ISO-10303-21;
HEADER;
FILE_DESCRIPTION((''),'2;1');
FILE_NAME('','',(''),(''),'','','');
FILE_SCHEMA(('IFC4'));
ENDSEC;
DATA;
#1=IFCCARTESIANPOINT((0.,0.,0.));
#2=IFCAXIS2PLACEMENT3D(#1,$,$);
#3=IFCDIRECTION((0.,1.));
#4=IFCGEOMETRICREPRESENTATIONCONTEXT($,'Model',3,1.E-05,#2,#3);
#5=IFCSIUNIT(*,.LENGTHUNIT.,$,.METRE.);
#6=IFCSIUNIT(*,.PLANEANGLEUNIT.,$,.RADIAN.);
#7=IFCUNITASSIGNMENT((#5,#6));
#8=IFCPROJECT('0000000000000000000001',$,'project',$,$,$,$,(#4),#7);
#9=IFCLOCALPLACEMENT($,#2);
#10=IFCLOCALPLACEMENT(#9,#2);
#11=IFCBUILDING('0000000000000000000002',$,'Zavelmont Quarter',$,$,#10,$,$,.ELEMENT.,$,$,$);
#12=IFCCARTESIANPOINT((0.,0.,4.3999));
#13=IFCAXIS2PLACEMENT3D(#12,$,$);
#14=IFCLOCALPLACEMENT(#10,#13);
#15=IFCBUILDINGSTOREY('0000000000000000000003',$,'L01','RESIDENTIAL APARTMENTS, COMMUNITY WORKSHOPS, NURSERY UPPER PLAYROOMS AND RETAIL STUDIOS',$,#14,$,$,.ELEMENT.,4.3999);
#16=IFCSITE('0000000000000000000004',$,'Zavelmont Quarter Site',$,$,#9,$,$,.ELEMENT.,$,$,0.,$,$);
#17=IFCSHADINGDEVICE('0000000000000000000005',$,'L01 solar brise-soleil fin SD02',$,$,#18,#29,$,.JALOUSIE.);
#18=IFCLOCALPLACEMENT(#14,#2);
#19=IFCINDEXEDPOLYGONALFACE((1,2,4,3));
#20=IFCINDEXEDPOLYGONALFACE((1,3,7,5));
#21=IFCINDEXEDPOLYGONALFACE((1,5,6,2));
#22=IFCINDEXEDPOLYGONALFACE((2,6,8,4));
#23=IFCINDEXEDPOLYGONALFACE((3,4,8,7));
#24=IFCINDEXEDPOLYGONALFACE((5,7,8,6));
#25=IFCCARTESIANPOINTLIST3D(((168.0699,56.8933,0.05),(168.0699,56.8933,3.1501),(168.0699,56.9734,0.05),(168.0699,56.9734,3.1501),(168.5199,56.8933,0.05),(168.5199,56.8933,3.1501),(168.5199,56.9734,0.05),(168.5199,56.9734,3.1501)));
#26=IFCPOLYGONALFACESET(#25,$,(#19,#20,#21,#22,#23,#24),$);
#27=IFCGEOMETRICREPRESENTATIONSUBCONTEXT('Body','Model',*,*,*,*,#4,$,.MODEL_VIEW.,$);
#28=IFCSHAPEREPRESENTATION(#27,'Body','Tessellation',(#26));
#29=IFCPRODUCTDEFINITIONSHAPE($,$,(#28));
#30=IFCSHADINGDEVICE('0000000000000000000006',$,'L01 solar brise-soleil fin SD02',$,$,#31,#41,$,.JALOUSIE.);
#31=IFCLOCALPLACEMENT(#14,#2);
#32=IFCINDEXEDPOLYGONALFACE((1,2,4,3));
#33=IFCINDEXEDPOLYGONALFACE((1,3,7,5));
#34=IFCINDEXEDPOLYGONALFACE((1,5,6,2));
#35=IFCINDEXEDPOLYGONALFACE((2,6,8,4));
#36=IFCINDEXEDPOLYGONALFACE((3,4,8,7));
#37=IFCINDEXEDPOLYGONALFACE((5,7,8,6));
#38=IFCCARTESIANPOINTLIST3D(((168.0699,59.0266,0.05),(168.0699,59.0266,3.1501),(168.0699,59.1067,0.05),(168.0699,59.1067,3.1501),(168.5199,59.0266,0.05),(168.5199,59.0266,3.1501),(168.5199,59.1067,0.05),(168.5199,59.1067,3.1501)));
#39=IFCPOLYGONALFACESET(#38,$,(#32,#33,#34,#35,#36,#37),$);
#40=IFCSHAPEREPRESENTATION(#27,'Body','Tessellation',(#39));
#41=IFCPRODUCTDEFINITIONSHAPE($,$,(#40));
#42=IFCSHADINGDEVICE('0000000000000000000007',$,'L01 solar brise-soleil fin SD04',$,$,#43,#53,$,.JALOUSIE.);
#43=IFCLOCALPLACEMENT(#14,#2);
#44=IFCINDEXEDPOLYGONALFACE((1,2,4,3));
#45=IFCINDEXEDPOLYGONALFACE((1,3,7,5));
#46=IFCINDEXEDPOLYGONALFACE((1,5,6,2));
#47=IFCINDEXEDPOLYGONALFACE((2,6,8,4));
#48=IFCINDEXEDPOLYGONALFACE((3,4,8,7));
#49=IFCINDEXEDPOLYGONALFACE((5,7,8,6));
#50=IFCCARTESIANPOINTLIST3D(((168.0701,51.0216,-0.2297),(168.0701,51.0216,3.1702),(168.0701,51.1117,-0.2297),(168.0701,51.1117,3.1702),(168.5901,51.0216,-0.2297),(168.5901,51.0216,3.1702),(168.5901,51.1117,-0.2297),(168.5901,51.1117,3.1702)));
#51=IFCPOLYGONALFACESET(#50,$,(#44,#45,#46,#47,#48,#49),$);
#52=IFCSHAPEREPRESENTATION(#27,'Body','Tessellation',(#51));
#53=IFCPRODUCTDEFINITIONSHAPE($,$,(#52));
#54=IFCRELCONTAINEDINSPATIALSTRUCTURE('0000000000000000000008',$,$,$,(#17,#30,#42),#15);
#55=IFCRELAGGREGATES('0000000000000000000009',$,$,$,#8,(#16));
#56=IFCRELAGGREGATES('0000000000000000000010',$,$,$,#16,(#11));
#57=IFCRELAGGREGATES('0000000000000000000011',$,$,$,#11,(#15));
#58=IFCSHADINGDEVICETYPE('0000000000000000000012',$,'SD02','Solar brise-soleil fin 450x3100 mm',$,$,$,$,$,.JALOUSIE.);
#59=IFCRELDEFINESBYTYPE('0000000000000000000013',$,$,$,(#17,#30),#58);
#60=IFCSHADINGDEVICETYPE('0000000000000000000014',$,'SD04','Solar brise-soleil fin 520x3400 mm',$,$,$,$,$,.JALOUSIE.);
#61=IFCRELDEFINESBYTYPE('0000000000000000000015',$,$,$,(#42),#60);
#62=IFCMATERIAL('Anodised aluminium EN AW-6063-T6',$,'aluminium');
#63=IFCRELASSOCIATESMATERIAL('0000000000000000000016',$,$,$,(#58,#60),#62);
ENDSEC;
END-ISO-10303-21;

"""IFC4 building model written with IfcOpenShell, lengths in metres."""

from ifc_helpers import new_model, si_unit, direction, frame, origin, origin_2d, place, context, subcontext, project, spatial, rectangle, extrude, material, type_object, element, save


model = new_model("IFC4")

# Units and contexts
model_context = context("Model", 3, precision=1e-05, world=origin(), true_north=direction((0.0, 1.0)))
body_context = subcontext(model_context, "Body", "Model", "MODEL_VIEW")
ifc_project = project(units=[si_unit("LENGTHUNIT", "METRE"), si_unit("PLANEANGLEUNIT", "RADIAN")], contexts=[model_context])

# Site, building, storey
site_placement = place(None, origin())
site = spatial("IfcSite", under=ifc_project, at=site_placement, Name="Zavelmont Quarter Site", CompositionType="ELEMENT", RefElevation=0.0)
building_placement = place(site_placement, origin())
building = spatial("IfcBuilding", under=site, at=building_placement, Name="Zavelmont Quarter", CompositionType="ELEMENT")
storey_placement = place(building_placement, frame((0.0, 0.0, 4.3999)))
storey = spatial("IfcBuildingStorey", under=building, at=storey_placement, Name="L01", Description="RESIDENTIAL APARTMENTS, COMMUNITY WORKSHOPS, NURSERY UPPER PLAYROOMS AND RETAIL STUDIOS", CompositionType="ELEMENT", Elevation=4.3999)

# Shading devices
ifc_material_1 = material(Name="Anodised aluminium EN AW-6063-T6", Category="aluminium")
shading_device_type_1 = type_object("IfcShadingDeviceType", Name="SD02", Description="Solar brise-soleil fin 450x3100 mm", PredefinedType="JALOUSIE", material=ifc_material_1)
for number, where, z_axis, x_axis, name in (
    (1, (168.2949, 56.9333, 0.05), (0.0, 0.0, 1.0), (0.0, 1.0, 0.0), "L01 solar brise-soleil fin SD02"),
    (2, (168.2949, 59.0667, 0.05), (0.0, 0.0, 1.0), (0.0, 1.0, 0.0), "L01 solar brise-soleil fin SD02"),
):
    element("IfcShadingDevice", number, at=place(storey_placement, frame(where, z_axis=z_axis, x_axis=x_axis)), inside=storey, type_object=shading_device_type_1, Name=name, PredefinedType="JALOUSIE", context=body_context, shape_type="SweptSolid", body=[
        extrude(rectangle(XDim=0.0801, YDim=0.45, at=origin_2d()), origin(), (0.0, 0.0, 1.0), 3.1001),
    ])
shading_device_type_2 = type_object("IfcShadingDeviceType", Name="SD04", Description="Solar brise-soleil fin 520x3400 mm", PredefinedType="JALOUSIE", material=ifc_material_1)
shading_device_placement = place(storey_placement, frame((168.3301, 51.0667, -0.2297), z_axis=(0.0, 0.0, 1.0), x_axis=(0.0, 1.0, 0.0)))
element("IfcShadingDevice", 3, at=shading_device_placement, inside=storey, type_object=shading_device_type_2, Name="L01 solar brise-soleil fin SD04", PredefinedType="JALOUSIE", context=body_context, shape_type="SweptSolid", body=[
    extrude(rectangle(XDim=0.0901, YDim=0.52, at=origin_2d()), origin(), (0.0, 0.0, 1.0), 3.3999),
])

save(model, "model.ifc")
